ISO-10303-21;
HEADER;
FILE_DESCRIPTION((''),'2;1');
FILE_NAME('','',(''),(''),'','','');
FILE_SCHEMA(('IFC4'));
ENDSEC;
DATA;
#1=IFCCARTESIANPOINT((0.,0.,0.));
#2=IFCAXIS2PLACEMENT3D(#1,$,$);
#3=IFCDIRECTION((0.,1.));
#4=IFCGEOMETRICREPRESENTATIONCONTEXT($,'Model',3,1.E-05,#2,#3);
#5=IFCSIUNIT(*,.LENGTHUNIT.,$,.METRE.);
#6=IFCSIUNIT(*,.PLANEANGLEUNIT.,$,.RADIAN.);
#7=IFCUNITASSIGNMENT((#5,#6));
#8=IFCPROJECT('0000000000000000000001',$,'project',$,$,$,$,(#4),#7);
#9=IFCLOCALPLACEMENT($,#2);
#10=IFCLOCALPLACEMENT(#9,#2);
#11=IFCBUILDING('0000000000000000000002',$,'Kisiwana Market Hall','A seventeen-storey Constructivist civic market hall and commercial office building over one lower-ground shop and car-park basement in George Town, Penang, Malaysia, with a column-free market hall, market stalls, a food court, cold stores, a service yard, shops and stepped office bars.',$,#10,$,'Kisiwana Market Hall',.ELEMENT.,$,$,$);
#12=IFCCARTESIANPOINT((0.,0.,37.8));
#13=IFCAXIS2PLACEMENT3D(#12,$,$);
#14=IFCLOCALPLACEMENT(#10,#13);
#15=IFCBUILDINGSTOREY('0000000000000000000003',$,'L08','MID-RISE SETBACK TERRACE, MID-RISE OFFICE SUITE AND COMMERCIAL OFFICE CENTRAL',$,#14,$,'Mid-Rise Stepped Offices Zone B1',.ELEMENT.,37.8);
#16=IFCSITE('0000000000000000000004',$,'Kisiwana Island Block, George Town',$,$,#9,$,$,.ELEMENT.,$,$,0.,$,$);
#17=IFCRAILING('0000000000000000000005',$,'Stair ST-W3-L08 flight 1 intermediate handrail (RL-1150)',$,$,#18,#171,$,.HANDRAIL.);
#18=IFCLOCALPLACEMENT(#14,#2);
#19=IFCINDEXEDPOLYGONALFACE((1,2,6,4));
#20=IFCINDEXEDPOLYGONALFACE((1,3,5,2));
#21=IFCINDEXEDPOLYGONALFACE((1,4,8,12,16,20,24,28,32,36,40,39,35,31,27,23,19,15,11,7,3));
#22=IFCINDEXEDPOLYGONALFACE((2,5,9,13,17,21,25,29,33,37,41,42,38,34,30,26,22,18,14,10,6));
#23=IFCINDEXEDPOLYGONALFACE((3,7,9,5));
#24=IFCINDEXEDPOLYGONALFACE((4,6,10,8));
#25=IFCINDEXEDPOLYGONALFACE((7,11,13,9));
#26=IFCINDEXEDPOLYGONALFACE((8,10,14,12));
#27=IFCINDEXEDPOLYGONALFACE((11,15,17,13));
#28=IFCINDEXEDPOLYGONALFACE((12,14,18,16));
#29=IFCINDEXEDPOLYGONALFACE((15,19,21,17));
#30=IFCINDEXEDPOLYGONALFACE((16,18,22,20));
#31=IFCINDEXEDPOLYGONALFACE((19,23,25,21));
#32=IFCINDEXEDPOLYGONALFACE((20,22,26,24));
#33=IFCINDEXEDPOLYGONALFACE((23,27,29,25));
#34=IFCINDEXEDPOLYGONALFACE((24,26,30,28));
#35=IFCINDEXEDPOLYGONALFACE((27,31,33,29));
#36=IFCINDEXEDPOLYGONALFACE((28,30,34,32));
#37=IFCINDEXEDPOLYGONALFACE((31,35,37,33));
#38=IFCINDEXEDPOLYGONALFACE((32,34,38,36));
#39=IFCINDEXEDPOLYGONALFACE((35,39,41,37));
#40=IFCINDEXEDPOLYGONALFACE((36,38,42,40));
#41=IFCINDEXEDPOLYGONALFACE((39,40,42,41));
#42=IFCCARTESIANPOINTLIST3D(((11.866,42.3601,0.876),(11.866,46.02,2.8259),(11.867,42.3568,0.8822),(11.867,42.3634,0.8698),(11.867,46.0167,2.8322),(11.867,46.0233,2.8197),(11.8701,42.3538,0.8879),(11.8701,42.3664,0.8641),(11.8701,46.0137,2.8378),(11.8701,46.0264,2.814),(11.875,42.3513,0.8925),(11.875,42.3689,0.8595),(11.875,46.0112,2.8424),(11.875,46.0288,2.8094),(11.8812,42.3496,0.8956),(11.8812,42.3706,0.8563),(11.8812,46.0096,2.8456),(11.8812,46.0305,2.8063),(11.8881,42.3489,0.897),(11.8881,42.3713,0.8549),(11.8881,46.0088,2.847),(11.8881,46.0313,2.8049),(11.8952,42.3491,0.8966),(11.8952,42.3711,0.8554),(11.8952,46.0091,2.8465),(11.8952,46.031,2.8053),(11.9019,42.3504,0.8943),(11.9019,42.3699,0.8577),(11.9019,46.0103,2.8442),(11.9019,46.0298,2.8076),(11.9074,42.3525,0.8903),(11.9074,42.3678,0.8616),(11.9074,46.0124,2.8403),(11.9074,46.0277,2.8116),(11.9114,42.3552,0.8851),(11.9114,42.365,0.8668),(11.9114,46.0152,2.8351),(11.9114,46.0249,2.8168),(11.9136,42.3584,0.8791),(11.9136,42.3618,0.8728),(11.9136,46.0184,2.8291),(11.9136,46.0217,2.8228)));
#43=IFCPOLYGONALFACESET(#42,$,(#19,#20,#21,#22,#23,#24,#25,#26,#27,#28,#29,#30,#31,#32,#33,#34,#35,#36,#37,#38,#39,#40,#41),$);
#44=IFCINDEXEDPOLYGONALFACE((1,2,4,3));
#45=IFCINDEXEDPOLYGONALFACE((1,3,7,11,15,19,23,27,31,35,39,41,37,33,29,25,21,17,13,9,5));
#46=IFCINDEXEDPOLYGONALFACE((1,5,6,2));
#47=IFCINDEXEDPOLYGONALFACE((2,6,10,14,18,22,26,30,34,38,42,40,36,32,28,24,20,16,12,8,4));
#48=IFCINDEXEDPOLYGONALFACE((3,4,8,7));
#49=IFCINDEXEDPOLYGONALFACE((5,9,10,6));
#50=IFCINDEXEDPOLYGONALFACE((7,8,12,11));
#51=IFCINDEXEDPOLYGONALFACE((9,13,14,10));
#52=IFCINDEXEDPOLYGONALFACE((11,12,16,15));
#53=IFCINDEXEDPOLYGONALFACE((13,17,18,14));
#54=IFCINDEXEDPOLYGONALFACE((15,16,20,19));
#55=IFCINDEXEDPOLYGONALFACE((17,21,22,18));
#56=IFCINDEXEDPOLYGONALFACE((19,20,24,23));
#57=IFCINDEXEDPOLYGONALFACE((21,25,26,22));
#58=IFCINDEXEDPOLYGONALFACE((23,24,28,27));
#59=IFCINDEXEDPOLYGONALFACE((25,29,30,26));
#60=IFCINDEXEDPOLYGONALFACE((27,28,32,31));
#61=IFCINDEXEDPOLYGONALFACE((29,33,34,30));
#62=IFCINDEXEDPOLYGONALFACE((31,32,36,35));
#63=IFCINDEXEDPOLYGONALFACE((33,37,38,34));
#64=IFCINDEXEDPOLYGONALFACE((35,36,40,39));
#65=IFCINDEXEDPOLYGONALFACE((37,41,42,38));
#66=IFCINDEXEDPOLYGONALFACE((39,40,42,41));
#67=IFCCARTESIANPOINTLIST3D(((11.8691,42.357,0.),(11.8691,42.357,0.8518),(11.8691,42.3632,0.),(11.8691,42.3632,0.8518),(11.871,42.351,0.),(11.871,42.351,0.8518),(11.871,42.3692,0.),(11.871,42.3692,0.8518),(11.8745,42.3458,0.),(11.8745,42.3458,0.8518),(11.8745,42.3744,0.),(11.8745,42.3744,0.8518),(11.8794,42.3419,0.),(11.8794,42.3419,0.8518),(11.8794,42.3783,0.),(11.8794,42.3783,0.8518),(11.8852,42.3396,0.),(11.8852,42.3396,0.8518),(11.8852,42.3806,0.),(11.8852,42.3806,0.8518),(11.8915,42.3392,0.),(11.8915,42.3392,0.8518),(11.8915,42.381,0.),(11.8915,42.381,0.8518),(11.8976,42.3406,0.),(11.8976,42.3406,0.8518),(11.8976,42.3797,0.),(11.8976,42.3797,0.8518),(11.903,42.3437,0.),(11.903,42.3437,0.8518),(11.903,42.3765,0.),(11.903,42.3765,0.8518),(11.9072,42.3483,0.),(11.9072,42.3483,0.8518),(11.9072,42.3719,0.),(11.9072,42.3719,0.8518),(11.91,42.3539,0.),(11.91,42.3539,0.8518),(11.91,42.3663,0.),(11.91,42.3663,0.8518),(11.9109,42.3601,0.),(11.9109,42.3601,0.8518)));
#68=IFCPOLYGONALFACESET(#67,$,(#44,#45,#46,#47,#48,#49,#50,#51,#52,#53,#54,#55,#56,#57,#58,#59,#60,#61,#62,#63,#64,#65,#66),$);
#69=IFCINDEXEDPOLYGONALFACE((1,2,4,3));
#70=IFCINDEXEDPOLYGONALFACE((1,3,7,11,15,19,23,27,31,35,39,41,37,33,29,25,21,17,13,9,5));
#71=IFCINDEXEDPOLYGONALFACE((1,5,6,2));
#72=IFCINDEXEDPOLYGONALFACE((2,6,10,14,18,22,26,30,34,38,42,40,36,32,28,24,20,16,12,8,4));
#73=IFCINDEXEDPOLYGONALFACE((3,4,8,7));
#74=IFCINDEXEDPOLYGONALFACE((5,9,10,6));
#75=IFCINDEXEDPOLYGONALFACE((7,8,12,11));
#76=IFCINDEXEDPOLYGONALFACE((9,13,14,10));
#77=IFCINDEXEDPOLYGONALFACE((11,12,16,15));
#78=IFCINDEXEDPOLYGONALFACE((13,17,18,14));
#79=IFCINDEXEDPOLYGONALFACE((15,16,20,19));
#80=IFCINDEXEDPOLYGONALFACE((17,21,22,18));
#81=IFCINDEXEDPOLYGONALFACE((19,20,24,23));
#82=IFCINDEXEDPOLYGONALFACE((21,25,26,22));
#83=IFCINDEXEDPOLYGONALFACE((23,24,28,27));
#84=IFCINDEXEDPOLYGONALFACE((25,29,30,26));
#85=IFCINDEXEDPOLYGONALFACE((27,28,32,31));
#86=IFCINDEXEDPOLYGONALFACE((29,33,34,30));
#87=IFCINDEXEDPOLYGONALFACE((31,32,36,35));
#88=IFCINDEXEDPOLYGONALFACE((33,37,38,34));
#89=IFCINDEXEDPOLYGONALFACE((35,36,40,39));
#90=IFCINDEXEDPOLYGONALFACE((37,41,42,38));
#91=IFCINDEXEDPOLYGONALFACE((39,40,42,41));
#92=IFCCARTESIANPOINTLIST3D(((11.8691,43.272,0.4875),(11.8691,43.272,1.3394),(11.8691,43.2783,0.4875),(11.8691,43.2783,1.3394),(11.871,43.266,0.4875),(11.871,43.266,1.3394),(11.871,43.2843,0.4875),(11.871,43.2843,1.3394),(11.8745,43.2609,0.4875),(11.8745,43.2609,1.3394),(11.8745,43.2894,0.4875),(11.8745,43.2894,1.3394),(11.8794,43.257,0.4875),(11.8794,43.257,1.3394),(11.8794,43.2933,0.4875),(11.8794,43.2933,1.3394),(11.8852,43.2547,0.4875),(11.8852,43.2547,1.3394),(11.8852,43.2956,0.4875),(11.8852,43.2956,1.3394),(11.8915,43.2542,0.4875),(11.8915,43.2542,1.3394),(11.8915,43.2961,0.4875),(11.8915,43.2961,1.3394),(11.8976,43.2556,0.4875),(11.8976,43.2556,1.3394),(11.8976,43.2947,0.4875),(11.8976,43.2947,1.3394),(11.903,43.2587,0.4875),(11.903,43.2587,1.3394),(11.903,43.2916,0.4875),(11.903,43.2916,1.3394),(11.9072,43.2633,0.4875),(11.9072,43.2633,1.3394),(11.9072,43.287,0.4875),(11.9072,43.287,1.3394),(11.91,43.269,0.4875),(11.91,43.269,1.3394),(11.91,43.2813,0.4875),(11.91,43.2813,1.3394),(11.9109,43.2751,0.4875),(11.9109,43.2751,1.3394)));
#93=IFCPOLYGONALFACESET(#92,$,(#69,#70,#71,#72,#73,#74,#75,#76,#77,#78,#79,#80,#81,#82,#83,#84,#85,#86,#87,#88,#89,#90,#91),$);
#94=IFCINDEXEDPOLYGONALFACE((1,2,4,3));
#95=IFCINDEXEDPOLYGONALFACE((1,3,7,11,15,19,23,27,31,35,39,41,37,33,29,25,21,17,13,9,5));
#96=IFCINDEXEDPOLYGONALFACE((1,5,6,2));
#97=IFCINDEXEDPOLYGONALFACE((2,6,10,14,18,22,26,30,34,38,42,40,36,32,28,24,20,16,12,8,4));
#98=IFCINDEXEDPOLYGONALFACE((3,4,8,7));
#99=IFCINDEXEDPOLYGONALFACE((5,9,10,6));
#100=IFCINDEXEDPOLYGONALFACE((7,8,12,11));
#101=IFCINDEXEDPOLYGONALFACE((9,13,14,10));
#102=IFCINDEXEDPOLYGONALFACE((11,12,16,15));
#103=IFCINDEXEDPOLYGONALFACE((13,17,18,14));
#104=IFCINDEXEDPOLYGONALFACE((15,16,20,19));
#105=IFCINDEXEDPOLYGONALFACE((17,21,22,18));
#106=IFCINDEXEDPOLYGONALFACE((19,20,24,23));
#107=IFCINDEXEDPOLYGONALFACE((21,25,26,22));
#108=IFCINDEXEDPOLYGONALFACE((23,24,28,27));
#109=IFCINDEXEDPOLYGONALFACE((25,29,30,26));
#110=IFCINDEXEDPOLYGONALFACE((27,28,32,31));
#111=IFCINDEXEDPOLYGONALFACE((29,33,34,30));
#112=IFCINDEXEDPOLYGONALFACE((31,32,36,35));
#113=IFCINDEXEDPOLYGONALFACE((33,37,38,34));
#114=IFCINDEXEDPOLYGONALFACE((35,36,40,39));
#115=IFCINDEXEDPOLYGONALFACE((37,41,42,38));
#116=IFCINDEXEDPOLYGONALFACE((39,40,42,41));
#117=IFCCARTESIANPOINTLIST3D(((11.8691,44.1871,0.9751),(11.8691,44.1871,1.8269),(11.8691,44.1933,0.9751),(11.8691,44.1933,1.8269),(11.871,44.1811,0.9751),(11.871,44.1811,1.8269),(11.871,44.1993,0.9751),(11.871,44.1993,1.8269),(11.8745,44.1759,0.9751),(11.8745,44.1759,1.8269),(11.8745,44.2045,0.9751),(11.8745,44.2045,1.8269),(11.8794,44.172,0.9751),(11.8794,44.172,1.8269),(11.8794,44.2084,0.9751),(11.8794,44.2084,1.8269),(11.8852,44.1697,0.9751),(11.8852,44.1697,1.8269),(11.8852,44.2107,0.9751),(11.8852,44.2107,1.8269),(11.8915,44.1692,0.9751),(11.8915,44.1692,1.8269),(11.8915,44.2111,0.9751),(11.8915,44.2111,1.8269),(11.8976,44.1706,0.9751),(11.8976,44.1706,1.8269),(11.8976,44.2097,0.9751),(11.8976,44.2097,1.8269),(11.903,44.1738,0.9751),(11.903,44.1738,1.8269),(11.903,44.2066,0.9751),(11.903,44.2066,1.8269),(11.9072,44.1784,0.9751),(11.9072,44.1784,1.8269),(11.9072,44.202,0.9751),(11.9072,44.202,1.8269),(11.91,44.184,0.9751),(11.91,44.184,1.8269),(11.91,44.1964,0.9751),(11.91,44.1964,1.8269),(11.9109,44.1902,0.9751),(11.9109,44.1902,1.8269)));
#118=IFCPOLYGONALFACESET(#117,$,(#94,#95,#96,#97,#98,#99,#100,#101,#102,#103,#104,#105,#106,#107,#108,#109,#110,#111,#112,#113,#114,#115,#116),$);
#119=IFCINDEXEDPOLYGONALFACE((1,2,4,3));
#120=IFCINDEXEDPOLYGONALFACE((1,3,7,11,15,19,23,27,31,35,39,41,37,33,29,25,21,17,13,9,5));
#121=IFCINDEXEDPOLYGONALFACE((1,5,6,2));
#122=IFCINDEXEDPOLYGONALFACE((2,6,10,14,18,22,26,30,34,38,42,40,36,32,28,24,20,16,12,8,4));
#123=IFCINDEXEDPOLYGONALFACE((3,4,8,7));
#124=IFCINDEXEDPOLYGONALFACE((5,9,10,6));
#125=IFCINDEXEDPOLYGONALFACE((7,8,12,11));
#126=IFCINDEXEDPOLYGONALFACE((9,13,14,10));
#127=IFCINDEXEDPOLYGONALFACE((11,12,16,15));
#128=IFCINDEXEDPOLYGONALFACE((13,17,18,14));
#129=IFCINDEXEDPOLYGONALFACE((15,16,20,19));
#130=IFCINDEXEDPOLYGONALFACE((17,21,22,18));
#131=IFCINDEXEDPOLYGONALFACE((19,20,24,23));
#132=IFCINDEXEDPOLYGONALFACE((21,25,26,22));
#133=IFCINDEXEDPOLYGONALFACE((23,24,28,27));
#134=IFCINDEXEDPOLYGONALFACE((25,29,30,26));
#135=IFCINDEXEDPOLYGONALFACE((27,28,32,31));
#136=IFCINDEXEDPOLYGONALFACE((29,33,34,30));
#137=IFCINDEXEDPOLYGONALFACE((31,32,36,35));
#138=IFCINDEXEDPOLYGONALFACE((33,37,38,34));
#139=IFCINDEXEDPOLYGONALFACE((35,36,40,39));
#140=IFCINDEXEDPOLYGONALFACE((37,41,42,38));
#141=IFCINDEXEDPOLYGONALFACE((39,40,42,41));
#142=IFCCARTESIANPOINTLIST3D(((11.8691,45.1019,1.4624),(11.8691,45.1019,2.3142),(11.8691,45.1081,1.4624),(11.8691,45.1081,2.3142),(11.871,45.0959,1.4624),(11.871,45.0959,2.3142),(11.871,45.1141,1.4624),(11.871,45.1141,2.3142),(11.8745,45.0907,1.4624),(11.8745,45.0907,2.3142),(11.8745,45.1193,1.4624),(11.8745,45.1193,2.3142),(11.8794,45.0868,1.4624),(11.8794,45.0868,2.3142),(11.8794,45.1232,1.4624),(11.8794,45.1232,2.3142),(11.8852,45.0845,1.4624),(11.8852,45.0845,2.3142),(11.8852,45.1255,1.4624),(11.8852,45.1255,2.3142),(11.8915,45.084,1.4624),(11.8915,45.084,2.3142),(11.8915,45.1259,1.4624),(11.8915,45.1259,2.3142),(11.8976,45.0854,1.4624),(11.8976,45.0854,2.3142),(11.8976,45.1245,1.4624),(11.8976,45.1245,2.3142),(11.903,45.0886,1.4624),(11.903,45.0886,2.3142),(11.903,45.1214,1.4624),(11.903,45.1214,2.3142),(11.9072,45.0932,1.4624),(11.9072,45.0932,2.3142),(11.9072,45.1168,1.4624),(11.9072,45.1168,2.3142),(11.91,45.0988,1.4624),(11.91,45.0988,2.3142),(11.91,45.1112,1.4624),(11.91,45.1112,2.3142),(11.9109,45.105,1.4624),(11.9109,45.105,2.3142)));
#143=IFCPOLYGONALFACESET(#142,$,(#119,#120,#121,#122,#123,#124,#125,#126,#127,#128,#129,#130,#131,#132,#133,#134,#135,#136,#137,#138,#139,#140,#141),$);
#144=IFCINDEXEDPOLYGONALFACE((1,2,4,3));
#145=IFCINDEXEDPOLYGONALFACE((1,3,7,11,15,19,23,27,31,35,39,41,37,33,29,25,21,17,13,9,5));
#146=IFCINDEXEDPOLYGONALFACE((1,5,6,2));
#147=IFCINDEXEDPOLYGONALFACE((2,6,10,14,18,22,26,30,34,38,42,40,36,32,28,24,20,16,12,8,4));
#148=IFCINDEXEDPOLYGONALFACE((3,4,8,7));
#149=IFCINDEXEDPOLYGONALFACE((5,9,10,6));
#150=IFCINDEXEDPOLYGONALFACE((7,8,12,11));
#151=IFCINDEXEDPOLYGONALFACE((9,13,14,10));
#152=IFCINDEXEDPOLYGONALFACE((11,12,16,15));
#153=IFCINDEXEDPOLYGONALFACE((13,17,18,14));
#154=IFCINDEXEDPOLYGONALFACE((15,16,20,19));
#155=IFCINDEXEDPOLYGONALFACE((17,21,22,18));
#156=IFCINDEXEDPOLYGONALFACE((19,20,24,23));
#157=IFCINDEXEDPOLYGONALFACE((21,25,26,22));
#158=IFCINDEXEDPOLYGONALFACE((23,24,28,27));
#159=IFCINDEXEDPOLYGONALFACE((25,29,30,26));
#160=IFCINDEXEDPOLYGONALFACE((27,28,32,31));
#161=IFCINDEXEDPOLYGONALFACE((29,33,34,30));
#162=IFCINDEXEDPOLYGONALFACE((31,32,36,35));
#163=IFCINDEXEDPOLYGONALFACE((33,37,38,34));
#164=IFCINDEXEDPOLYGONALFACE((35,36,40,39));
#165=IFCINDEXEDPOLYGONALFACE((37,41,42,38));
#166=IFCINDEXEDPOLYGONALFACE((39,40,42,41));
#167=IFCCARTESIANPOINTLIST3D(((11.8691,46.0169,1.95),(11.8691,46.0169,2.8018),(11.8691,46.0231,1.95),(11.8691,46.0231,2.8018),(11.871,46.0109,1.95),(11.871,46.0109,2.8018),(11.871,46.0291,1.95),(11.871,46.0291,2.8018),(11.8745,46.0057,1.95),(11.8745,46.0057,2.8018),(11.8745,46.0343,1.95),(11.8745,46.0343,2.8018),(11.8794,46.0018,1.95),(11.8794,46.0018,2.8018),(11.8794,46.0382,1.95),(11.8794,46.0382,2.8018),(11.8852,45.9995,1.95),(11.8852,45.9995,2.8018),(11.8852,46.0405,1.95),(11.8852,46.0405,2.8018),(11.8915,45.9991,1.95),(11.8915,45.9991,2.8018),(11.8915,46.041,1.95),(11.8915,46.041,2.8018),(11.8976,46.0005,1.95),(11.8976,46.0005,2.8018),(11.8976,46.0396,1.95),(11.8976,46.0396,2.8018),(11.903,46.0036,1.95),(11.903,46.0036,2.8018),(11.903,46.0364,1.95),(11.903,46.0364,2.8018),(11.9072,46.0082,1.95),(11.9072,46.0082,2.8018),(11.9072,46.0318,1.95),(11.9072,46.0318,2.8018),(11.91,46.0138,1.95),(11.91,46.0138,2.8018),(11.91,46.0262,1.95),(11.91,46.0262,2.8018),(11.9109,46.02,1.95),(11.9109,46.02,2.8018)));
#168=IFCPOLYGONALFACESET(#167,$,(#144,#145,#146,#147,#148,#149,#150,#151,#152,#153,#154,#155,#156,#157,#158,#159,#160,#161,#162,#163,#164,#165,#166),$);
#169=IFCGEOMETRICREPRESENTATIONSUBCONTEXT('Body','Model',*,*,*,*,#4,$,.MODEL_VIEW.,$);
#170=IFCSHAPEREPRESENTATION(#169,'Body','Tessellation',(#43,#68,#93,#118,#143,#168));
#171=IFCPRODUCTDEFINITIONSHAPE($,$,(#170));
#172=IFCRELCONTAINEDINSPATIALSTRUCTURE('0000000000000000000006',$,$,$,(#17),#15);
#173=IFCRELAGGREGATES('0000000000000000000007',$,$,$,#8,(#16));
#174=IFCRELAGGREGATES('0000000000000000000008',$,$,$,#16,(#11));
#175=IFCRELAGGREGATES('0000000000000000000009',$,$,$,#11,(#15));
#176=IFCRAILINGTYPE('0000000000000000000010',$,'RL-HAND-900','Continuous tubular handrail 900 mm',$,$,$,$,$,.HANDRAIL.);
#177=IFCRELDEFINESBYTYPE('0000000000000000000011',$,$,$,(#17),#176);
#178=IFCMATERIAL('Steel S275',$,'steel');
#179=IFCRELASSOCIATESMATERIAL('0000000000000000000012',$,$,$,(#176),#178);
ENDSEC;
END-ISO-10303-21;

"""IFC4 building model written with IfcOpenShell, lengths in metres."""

from ifc_helpers import new_model, si_unit, direction, frame, origin, origin_2d, place, context, subcontext, project, spatial, circle, extrude, material, type_object, element, save


model = new_model("IFC4")

# Units and contexts
model_context = context("Model", 3, precision=1e-05, world=origin(), true_north=direction((0.0, 1.0)))
body_context = subcontext(model_context, "Body", "Model", "MODEL_VIEW")
ifc_project = project(units=[si_unit("LENGTHUNIT", "METRE"), si_unit("PLANEANGLEUNIT", "RADIAN")], contexts=[model_context])

# Site, building, storey
site_placement = place(None, origin())
site = spatial("IfcSite", under=ifc_project, at=site_placement, Name="Kisiwana Island Block, George Town", CompositionType="ELEMENT", RefElevation=0.0)
building_placement = place(site_placement, origin())
building = spatial("IfcBuilding", under=site, at=building_placement, Name="Kisiwana Market Hall", Description="A seventeen-storey Constructivist civic market hall and commercial office building over one lower-ground shop and car-park basement in George Town, Penang, Malaysia, with a column-free market hall, market stalls, a food court, cold stores, a service yard, shops and stepped office bars.", LongName="Kisiwana Market Hall", CompositionType="ELEMENT")
storey_placement = place(building_placement, frame((0.0, 0.0, 37.8)))
storey = spatial("IfcBuildingStorey", under=building, at=storey_placement, Name="L08", Description="MID-RISE SETBACK TERRACE, MID-RISE OFFICE SUITE AND COMMERCIAL OFFICE CENTRAL", LongName="Mid-Rise Stepped Offices Zone B1", CompositionType="ELEMENT", Elevation=37.8)

# Railing
ifc_material_1 = material(Name="Steel S275", Category="steel")
railing_type_1 = type_object("IfcRailingType", Name="RL-HAND-900", Description="Continuous tubular handrail 900 mm", PredefinedType="HANDRAIL", material=ifc_material_1)
for number, where, name in (
    (1, (11.8899, 42.3601, 0.0), "Stair ST-W3-L08 flight 1 intermediate handrail (RL-1150)"),
):
    element("IfcRailing", number, at=place(storey_placement, frame(where)), inside=storey, type_object=railing_type_1, Name=name, PredefinedType="HANDRAIL", context=body_context, shape_type="SweptSolid", body=[
        extrude(circle(Radius=0.0239, at=origin_2d()), frame((0.0, 0.0, 0.876), z_axis=(0.0, 0.882553, 0.470212), x_axis=(-1.0, 0.0, 0.0)), (0.0, 0.0, 1.0), 4.147),
        extrude(circle(Radius=0.021, at=origin_2d()), origin(), (0.0, 0.0, 1.0), 0.8518),
        extrude(circle(Radius=0.021, at=origin_2d()), frame((0.0, 0.915, 0.4875)), (0.0, 0.0, 1.0), 0.8518),
        extrude(circle(Radius=0.021, at=origin_2d()), frame((0.0, 1.8301, 0.9751)), (0.0, 0.0, 1.0), 0.8518),
        extrude(circle(Radius=0.021, at=origin_2d()), frame((0.0, 2.7449, 1.4624)), (0.0, 0.0, 1.0), 0.8518),
        extrude(circle(Radius=0.021, at=origin_2d()), frame((0.0, 3.6599, 1.95)), (0.0, 0.0, 1.0), 0.8518),
    ])

save(model, "model.ifc")
